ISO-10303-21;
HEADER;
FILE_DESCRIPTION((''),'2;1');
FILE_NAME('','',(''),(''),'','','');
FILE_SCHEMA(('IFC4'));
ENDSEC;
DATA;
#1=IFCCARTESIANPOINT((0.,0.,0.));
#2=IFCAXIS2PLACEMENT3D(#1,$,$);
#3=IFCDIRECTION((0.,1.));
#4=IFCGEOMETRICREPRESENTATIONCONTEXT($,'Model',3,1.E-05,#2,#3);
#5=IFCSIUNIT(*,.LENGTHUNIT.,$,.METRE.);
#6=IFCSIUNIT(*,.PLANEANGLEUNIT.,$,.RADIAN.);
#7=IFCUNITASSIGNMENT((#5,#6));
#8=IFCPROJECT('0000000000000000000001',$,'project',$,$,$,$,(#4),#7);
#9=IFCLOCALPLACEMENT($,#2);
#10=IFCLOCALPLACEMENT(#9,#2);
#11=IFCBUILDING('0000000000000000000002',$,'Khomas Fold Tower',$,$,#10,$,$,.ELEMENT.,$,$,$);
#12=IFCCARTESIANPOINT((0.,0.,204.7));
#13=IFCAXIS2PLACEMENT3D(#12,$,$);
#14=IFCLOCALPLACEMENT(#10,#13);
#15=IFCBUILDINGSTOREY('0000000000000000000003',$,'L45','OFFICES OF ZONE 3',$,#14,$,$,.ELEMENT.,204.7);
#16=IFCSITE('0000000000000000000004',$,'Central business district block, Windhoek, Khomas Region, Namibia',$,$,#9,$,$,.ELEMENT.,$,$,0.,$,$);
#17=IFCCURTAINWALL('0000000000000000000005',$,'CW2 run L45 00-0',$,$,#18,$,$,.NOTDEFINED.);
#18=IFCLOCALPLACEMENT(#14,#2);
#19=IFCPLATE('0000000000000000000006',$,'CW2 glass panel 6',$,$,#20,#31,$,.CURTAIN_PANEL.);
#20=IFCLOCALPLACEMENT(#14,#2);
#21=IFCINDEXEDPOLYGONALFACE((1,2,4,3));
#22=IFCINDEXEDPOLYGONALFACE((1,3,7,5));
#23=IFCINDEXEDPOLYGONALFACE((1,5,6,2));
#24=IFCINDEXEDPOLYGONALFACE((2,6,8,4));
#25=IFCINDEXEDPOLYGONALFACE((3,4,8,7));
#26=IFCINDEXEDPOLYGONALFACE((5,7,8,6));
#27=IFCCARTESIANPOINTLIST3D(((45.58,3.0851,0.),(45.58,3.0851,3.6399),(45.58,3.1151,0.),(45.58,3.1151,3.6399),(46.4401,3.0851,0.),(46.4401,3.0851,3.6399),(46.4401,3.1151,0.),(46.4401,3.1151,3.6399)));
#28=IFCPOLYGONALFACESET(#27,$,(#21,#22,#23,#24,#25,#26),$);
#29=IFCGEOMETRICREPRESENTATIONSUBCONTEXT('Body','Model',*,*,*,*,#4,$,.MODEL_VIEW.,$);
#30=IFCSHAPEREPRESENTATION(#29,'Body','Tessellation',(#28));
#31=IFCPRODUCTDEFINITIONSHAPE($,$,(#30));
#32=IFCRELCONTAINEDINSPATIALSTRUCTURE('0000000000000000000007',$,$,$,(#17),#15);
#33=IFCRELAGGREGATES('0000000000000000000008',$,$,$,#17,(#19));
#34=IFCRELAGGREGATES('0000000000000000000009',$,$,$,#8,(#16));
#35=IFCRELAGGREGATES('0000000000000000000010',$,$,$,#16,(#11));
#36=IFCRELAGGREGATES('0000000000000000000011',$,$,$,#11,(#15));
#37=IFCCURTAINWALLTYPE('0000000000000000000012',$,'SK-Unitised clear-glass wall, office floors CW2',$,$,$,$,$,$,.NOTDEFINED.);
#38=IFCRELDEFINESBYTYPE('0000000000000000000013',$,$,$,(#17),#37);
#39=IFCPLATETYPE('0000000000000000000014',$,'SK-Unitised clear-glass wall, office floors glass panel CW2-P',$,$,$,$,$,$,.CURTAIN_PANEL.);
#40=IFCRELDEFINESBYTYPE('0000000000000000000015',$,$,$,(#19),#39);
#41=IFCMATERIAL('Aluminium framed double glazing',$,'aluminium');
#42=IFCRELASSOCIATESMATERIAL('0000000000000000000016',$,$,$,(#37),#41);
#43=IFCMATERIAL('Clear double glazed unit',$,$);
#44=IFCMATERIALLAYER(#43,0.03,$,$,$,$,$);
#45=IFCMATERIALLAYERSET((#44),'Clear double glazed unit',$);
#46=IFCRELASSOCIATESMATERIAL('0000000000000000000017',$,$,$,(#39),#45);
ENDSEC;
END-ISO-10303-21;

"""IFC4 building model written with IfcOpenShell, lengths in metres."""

from ifc_helpers import new_model, si_unit, direction, frame, origin, origin_2d, place, context, subcontext, project, spatial, rectangle, extrude, source, transform, mapped, material, layer, layer_set, type_object, element, aggregate, save


model = new_model("IFC4")

# Units and contexts
model_context = context("Model", 3, precision=1e-05, world=origin(), true_north=direction((0.0, 1.0)))
body_context = subcontext(model_context, "Body", "Model", "MODEL_VIEW")
ifc_project = project(units=[si_unit("LENGTHUNIT", "METRE"), si_unit("PLANEANGLEUNIT", "RADIAN")], contexts=[model_context])

# Site, building, storey
site_placement = place(None, origin())
site = spatial("IfcSite", under=ifc_project, at=site_placement, Name="Central business district block, Windhoek, Khomas Region, Namibia", CompositionType="ELEMENT", RefElevation=0.0)
building_placement = place(site_placement, origin())
building = spatial("IfcBuilding", under=site, at=building_placement, Name="Khomas Fold Tower", CompositionType="ELEMENT")
storey_placement = place(building_placement, frame((0.0, 0.0, 204.7)))
storey = spatial("IfcBuildingStorey", under=building, at=storey_placement, Name="L45", Description="OFFICES OF ZONE 3", CompositionType="ELEMENT", Elevation=204.7)

# Curtain wall
ifc_material_1 = material(Name="Aluminium framed double glazing", Category="aluminium")
curtain_wall_type = type_object("IfcCurtainWallType", Name="SK-Unitised clear-glass wall, office floors CW2", PredefinedType="NOTDEFINED", material=ifc_material_1)
curtain_wall_1_placement = place(storey_placement, origin())
curtain_wall_1 = element("IfcCurtainWall", 1, at=curtain_wall_1_placement, inside=storey, type_object=curtain_wall_type, Name="CW2 run L45 00-0", PredefinedType="NOTDEFINED")

# Plate
ifc_material_2 = material(Name="Clear double glazed unit")
ifc_layer = layer(ifc_material_2, 0.03)
ifc_layer_set = layer_set([ifc_layer], Name="Clear double glazed unit")
plate_type = type_object("IfcPlateType", Name="SK-Unitised clear-glass wall, office floors glass panel CW2-P", PredefinedType="CURTAIN_PANEL", material=ifc_layer_set)
shared_shape_1 = source(origin(), body_context, "Body", "SweptSolid", [
    extrude(rectangle(XDim=0.8601, YDim=0.03, at=origin_2d()), origin(), (0.0, 0.0, 1.0), 3.6399),
])
plate_1_placement = place(storey_placement, frame((46.01, 3.1001, 0.0), z_axis=(0.0, 0.0, 1.0), x_axis=(1.0, 0.0, 0.0)))
plate_1 = element("IfcPlate", 2, at=plate_1_placement, type_object=plate_type, Name="CW2 glass panel 6", PredefinedType="CURTAIN_PANEL", context=body_context, shape_type="MappedRepresentation", body=[
    mapped(shared_shape_1, transform((0.0, 0.0, 0.0))),
])
aggregate(curtain_wall_1, [plate_1])

save(model, "model.ifc")
